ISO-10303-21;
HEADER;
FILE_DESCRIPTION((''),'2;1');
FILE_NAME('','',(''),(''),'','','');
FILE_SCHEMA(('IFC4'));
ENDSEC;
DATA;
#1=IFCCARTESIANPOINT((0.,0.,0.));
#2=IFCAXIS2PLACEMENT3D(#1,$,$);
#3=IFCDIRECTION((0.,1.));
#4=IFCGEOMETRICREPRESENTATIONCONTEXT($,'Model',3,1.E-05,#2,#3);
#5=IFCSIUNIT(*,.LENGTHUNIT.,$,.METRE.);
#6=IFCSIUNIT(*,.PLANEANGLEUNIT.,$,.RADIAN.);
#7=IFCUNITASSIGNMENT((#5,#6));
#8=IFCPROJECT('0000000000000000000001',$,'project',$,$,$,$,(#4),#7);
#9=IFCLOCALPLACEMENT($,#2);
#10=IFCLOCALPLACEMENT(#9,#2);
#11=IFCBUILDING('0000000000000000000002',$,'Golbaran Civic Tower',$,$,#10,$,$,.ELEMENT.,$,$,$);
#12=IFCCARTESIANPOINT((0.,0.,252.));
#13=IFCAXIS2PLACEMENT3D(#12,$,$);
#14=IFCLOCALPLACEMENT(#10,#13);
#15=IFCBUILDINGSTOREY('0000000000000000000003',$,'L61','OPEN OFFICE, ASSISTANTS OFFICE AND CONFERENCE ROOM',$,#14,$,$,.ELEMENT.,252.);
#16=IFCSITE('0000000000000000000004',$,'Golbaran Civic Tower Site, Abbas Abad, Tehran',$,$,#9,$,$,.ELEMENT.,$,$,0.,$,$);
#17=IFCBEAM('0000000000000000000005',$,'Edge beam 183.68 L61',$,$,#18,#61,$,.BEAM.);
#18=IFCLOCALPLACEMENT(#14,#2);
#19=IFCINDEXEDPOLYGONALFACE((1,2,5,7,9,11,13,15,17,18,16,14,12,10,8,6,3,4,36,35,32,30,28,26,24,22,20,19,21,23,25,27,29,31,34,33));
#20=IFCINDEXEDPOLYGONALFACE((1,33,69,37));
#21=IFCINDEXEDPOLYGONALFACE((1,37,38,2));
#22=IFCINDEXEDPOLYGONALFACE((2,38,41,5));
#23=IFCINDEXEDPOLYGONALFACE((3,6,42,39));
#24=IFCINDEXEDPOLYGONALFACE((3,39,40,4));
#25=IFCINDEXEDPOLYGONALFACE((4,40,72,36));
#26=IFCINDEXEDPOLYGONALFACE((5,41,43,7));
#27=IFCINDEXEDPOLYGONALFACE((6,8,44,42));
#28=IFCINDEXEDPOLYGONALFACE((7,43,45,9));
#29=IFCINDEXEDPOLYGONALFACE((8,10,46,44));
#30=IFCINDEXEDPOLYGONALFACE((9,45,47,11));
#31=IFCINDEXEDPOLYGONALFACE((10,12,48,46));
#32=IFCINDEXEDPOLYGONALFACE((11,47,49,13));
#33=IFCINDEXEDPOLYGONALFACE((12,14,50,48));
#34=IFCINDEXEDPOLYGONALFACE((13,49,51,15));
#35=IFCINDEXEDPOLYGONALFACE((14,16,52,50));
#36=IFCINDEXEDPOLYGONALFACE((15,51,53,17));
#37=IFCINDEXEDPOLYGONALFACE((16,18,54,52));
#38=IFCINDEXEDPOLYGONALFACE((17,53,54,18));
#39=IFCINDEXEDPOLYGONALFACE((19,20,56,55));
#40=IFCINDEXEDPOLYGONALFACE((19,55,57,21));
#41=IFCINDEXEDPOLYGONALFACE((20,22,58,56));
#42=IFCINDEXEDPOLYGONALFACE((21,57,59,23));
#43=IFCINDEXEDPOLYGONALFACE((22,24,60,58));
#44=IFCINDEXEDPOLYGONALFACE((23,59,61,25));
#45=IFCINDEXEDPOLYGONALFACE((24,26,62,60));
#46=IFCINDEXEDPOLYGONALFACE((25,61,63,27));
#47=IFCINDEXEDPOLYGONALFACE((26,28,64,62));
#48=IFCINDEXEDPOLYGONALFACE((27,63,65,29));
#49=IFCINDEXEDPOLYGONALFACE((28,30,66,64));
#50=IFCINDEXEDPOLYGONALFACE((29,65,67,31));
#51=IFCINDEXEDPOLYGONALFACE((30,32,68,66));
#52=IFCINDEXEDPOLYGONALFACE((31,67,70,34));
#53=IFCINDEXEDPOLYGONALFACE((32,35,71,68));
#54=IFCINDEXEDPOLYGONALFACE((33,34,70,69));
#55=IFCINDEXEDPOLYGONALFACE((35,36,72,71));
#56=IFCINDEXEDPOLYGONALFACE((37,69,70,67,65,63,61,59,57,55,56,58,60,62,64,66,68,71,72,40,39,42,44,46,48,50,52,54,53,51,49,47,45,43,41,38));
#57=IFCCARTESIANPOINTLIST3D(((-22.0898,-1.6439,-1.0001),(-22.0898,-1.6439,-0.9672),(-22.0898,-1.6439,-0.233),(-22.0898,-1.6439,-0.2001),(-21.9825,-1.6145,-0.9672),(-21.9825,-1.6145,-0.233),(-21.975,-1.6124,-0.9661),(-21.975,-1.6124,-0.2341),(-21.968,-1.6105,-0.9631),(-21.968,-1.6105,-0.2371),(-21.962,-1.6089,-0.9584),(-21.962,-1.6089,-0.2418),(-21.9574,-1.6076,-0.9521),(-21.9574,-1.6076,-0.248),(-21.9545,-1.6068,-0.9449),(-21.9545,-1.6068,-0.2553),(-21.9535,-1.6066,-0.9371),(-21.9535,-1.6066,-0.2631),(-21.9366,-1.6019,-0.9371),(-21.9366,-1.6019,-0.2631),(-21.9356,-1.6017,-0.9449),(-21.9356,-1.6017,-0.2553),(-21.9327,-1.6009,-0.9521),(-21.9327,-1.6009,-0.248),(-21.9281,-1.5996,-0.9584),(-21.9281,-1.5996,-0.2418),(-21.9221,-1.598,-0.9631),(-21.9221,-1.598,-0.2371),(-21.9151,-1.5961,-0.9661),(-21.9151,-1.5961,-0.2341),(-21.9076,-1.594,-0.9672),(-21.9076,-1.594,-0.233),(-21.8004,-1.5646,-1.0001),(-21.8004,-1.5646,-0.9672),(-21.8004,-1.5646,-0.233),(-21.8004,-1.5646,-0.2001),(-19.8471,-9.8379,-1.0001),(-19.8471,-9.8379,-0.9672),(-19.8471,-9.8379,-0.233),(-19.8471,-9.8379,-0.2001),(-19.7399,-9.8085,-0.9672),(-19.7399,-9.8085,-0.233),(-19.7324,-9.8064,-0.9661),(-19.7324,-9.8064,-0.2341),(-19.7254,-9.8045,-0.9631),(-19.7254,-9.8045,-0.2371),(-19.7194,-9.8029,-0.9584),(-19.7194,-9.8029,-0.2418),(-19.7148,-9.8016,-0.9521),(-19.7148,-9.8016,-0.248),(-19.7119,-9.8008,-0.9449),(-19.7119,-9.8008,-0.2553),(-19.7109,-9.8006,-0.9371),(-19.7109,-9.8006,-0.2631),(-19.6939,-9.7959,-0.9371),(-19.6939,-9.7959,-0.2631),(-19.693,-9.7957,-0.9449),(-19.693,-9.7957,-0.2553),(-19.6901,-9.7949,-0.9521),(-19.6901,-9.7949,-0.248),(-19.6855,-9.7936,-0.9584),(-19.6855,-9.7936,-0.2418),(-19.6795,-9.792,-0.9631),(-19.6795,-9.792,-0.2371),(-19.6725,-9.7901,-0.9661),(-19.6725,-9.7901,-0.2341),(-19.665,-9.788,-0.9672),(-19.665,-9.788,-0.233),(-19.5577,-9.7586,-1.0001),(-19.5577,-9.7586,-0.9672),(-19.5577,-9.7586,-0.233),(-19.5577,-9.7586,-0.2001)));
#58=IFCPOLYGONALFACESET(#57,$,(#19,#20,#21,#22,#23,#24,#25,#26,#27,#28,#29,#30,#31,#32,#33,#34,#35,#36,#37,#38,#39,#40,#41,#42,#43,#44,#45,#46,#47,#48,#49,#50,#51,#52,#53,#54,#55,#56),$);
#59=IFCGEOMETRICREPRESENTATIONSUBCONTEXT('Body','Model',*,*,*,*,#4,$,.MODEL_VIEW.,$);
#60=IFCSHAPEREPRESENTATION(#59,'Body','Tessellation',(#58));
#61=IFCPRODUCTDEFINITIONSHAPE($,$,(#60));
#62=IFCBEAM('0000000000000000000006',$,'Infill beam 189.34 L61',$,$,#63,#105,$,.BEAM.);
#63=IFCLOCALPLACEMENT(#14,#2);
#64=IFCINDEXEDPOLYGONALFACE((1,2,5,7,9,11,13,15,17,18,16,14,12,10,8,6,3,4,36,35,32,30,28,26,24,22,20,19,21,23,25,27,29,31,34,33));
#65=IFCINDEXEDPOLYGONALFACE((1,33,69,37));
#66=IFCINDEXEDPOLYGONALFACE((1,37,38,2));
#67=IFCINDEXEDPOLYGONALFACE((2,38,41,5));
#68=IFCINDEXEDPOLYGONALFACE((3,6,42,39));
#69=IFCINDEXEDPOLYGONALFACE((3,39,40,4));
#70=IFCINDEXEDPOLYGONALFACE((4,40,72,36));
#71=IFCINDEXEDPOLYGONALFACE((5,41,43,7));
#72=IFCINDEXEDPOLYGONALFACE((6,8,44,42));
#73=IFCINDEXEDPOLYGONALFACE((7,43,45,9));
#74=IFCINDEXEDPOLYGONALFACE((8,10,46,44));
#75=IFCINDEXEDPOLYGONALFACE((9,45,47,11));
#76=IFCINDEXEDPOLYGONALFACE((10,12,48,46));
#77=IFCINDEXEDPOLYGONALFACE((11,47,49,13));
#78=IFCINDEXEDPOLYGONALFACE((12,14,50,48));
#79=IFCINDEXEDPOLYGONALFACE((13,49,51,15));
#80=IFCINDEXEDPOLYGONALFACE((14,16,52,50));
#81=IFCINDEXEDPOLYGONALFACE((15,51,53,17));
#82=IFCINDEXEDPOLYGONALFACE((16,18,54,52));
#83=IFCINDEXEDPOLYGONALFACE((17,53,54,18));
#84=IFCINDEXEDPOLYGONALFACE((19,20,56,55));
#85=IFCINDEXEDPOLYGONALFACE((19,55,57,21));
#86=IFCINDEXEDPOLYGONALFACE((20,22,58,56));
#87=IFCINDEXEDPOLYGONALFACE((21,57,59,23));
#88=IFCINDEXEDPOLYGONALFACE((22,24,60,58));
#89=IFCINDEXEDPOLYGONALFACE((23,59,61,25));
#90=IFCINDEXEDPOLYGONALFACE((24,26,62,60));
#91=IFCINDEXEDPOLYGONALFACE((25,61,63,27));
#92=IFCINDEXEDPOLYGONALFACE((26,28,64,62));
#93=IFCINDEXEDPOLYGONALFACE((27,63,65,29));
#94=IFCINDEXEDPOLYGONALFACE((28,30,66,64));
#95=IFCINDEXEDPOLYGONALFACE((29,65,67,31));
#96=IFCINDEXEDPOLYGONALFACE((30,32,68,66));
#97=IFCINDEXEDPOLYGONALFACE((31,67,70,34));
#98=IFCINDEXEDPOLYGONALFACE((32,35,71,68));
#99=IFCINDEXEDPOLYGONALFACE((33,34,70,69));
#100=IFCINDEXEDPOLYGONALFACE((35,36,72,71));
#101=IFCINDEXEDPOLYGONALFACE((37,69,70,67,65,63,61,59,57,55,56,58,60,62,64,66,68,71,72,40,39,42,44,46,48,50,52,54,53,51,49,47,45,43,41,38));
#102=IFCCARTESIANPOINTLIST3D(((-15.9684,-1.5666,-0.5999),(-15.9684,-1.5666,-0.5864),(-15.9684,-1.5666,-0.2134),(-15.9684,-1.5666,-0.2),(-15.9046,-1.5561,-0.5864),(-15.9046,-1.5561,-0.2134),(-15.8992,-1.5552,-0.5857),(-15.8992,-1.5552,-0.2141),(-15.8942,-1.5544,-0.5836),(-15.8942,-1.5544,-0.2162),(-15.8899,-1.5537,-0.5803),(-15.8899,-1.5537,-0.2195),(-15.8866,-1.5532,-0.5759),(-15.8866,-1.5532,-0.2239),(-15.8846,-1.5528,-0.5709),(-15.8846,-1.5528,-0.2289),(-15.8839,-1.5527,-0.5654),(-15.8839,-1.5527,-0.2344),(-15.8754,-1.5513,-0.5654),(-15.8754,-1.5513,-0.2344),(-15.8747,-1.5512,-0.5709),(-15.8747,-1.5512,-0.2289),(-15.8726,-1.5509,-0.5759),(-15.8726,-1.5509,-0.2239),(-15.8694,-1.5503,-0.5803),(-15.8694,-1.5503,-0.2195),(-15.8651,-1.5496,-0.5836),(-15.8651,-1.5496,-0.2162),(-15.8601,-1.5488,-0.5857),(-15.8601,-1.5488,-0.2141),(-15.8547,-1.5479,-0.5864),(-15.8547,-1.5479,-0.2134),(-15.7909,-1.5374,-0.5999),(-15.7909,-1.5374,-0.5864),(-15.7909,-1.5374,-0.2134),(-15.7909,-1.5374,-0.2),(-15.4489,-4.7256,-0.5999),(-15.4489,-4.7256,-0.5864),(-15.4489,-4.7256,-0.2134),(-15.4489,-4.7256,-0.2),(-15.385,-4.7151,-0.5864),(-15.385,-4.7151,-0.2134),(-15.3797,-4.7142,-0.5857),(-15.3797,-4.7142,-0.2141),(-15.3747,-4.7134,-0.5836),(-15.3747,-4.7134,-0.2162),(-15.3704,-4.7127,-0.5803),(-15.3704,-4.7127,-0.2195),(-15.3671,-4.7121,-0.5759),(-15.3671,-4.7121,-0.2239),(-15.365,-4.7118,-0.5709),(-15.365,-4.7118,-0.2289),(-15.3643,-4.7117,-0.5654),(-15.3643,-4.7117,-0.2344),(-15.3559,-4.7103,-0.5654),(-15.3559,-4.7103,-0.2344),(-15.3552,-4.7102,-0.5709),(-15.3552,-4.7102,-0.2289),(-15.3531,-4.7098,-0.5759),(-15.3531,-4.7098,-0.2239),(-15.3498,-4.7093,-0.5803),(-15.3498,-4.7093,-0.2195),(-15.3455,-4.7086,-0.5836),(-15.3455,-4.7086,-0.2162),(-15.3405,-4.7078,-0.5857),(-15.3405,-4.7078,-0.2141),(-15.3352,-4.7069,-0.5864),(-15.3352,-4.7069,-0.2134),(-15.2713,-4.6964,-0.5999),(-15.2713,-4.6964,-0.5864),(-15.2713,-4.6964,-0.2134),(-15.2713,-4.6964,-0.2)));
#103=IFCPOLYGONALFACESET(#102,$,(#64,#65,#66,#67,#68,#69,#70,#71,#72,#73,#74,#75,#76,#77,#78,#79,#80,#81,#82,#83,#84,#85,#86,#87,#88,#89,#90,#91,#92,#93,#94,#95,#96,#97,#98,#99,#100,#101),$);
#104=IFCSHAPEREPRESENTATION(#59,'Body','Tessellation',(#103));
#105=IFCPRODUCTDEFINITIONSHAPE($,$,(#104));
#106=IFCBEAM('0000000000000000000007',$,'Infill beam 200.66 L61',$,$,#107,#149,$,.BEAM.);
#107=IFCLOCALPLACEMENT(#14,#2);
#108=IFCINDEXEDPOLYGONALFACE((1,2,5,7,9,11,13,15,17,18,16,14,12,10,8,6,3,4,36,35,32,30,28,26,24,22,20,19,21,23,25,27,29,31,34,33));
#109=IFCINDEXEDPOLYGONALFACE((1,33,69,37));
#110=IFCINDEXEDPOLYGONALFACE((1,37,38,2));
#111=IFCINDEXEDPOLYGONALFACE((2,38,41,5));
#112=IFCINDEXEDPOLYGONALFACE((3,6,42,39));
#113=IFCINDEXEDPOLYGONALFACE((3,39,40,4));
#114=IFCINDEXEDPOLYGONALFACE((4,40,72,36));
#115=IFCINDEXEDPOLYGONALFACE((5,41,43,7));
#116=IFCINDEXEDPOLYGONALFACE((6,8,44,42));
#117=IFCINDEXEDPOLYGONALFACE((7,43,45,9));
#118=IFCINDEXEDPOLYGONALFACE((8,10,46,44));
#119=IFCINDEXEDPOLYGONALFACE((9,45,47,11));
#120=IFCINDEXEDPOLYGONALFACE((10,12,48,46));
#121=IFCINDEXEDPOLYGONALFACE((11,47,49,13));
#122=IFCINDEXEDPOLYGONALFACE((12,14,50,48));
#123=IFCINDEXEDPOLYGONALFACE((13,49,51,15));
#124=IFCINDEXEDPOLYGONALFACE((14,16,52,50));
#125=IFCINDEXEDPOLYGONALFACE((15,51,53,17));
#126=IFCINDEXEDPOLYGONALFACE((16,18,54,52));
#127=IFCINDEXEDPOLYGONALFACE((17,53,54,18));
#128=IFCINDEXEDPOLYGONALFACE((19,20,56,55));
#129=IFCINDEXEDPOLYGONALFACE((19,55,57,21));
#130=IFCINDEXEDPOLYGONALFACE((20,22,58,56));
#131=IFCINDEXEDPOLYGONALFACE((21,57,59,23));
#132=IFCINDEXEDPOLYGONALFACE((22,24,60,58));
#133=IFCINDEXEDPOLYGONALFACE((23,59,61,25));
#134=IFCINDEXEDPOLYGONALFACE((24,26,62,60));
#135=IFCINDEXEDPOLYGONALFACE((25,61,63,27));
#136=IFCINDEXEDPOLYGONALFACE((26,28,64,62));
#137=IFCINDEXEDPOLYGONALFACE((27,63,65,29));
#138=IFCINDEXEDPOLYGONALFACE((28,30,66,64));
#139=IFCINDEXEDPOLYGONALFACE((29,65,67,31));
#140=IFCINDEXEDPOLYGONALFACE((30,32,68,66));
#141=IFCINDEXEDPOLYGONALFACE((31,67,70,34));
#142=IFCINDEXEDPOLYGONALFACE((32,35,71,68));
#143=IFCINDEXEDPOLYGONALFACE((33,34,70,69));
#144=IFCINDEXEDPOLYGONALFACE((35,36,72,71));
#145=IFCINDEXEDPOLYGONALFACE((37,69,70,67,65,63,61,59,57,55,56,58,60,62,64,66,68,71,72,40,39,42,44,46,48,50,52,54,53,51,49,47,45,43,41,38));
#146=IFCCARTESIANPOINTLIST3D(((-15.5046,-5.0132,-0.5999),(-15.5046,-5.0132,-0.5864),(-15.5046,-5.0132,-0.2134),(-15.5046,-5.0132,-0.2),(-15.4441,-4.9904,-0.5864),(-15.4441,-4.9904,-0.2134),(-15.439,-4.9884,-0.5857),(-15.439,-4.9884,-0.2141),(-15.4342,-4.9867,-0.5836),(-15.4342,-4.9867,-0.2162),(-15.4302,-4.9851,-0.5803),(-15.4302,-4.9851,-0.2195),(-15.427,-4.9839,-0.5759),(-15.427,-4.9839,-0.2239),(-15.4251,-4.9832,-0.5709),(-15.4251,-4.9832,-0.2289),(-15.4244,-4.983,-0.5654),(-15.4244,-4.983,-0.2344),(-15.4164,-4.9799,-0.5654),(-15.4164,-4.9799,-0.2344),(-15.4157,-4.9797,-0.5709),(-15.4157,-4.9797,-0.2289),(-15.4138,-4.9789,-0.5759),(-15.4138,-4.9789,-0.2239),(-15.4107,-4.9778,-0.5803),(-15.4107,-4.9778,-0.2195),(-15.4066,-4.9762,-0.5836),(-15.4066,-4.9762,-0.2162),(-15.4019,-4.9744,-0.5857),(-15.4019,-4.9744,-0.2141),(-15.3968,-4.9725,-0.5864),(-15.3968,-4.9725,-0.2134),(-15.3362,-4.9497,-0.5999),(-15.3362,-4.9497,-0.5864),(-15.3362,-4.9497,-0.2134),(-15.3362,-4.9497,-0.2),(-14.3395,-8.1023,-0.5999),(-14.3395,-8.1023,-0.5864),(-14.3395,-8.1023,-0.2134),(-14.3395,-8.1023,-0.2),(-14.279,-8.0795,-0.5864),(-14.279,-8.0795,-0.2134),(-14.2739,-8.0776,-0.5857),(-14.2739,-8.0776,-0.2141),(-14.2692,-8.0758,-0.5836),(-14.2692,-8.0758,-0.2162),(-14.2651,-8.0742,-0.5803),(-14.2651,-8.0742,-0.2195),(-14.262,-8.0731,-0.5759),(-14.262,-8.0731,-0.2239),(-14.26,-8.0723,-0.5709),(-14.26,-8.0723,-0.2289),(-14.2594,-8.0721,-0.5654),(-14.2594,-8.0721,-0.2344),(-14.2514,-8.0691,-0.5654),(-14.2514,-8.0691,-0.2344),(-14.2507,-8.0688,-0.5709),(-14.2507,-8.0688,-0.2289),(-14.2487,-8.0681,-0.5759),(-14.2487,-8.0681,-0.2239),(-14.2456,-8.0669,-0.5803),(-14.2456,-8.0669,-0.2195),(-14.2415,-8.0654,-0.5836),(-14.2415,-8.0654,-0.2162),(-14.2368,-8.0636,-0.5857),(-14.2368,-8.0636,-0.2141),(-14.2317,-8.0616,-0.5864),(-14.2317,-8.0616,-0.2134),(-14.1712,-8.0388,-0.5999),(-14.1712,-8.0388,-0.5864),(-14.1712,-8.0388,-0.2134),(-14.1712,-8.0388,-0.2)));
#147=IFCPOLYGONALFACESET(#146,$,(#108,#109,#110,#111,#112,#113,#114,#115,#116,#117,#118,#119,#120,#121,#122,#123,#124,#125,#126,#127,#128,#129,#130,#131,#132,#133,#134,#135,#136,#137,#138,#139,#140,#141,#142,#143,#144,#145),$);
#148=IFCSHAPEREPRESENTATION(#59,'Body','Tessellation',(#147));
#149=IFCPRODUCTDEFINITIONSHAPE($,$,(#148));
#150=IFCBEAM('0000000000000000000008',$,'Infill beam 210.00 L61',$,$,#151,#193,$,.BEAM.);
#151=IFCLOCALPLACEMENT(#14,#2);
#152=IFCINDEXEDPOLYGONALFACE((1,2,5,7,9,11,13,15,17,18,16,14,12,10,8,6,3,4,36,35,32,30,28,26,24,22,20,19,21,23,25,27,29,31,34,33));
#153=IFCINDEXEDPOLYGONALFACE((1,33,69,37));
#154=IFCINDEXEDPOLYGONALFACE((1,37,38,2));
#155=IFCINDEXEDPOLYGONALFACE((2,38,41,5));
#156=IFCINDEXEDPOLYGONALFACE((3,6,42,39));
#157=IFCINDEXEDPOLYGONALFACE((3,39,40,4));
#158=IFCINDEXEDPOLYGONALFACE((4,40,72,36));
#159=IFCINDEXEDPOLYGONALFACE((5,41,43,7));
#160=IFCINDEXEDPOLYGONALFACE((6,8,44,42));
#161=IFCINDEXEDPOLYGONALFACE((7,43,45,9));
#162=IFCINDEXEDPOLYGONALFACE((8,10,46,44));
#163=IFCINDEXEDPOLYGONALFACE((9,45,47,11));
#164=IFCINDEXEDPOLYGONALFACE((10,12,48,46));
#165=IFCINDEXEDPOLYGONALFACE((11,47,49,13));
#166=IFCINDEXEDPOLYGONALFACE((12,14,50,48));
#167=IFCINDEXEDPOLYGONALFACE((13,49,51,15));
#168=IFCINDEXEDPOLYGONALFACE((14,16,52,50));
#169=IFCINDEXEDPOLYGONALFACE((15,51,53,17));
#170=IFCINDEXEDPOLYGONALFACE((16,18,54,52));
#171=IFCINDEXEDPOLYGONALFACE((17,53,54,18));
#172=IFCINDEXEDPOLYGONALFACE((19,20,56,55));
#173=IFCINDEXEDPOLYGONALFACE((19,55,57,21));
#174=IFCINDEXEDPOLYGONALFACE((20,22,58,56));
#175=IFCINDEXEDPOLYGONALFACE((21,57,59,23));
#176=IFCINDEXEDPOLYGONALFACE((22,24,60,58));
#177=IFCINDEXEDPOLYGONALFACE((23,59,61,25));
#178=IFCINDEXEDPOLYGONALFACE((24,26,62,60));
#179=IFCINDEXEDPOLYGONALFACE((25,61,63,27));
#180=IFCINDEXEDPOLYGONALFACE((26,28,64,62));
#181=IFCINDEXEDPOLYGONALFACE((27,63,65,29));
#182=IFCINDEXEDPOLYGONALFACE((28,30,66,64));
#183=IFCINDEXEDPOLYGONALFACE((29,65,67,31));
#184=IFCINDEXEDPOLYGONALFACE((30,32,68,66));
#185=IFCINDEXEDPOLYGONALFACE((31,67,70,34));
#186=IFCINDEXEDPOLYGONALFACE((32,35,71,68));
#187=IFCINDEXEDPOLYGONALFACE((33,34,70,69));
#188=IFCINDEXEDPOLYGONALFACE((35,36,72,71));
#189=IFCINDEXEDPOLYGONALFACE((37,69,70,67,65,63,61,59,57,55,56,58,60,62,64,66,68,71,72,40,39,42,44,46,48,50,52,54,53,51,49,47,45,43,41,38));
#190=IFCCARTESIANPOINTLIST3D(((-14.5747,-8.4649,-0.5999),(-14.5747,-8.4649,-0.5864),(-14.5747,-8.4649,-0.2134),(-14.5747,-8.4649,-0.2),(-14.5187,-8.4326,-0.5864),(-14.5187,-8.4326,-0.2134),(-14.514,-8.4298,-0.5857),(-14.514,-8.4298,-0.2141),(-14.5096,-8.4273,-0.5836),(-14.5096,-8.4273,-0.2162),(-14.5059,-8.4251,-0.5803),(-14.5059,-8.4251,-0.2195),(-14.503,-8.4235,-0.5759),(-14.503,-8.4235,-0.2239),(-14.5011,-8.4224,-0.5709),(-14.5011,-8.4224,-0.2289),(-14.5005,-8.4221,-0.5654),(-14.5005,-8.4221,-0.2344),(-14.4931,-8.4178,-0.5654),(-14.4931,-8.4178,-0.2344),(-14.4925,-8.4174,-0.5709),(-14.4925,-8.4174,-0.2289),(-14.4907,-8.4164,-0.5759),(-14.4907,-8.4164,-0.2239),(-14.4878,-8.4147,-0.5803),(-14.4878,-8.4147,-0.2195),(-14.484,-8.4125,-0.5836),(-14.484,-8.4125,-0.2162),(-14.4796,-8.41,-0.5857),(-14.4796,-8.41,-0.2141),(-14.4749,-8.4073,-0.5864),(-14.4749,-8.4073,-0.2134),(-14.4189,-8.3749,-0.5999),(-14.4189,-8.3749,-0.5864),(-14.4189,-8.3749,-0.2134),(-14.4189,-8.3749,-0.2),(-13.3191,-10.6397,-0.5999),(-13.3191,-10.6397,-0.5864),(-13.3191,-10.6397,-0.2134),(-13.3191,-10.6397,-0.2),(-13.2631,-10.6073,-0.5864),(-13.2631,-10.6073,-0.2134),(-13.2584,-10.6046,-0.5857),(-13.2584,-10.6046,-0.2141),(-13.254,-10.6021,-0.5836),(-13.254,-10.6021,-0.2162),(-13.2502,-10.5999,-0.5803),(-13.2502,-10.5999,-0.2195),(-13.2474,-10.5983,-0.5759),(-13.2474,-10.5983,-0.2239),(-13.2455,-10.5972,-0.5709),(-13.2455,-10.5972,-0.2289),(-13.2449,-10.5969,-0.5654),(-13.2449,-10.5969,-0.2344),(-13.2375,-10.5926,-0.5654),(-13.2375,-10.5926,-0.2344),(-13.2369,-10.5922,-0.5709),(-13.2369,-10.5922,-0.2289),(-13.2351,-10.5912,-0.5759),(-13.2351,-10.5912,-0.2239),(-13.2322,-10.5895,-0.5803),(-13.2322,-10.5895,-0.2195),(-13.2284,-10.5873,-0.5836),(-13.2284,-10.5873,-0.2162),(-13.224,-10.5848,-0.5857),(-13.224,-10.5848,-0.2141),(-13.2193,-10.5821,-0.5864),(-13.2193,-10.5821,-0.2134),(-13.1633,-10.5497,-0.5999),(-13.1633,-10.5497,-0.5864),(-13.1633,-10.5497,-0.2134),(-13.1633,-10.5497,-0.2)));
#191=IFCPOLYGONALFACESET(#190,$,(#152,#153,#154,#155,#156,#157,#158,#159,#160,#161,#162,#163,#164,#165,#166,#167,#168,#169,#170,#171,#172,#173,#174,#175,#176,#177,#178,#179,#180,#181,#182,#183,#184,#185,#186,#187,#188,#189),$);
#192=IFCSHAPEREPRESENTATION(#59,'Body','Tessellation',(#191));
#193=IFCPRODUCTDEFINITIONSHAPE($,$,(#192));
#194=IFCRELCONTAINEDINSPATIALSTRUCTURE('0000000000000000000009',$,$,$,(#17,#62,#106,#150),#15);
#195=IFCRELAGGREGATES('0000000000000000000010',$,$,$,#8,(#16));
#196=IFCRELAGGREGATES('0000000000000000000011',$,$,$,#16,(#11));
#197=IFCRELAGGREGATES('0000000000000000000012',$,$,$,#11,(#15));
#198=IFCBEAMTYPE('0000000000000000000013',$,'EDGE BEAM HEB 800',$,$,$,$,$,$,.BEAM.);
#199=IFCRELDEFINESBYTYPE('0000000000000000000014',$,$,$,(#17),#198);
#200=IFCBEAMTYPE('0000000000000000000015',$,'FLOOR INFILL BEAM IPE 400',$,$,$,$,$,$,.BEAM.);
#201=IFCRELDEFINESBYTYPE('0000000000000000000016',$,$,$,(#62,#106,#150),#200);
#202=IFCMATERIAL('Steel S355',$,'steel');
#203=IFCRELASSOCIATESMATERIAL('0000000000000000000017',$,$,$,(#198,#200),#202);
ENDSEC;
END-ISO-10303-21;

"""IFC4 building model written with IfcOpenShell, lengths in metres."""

from ifc_helpers import new_model, si_unit, direction, frame, origin, origin_2d, place, context, subcontext, project, spatial, i_section, extrude, material, material_profile, profile_set, type_object, element, save


model = new_model("IFC4")

# Units and contexts
model_context = context("Model", 3, precision=1e-05, world=origin(), true_north=direction((0.0, 1.0)))
body_context = subcontext(model_context, "Body", "Model", "MODEL_VIEW")
ifc_project = project(units=[si_unit("LENGTHUNIT", "METRE"), si_unit("PLANEANGLEUNIT", "RADIAN")], contexts=[model_context])

# Site, building, storey
site_placement = place(None, origin())
site = spatial("IfcSite", under=ifc_project, at=site_placement, Name="Golbaran Civic Tower Site, Abbas Abad, Tehran", CompositionType="ELEMENT", RefElevation=0.0)
building_placement = place(site_placement, origin())
building = spatial("IfcBuilding", under=site, at=building_placement, Name="Golbaran Civic Tower", CompositionType="ELEMENT")
storey_placement = place(building_placement, frame((0.0, 0.0, 252.0)))
storey = spatial("IfcBuildingStorey", under=building, at=storey_placement, Name="L61", Description="OPEN OFFICE, ASSISTANTS OFFICE AND CONFERENCE ROOM", CompositionType="ELEMENT", Elevation=252.0)

# Beams
ifc_material_1 = material(Name="Steel S355", Category="steel")
ifc_material_profile_1 = material_profile(ifc_material_1, i_section(OverallWidth=0.3, OverallDepth=0.8, WebThickness=0.0176, FlangeThickness=0.033, FilletRadius=0.03, at=origin_2d()), Name="HEB 800")
ifc_profile_set_1 = profile_set([ifc_material_profile_1], Name="Steel S355")
beam_type_1 = type_object("IfcBeamType", Name="EDGE BEAM HEB 800", PredefinedType="BEAM", material=ifc_profile_set_1)
beam_1_placement = place(storey_placement, frame((-21.9451, -1.6042, -0.6001), z_axis=(0.263985, -0.964527, 0.0), x_axis=(0.964527, 0.263985, 0.0)))
element("IfcBeam", 1, at=beam_1_placement, inside=storey, type_object=beam_type_1, Name="Edge beam 183.68 L61", PredefinedType="BEAM", context=body_context, shape_type="SweptSolid", body=[
    extrude(i_section(OverallWidth=0.3, OverallDepth=0.8, WebThickness=0.0176, FlangeThickness=0.033, FilletRadius=0.03, at=origin_2d()), origin(), (0.0, 0.0, 1.0), 8.4954),
])
ifc_material_profile_2 = material_profile(ifc_material_1, i_section(OverallWidth=0.1799, OverallDepth=0.3999, WebThickness=0.0085, FlangeThickness=0.0134, FilletRadius=0.021, at=origin_2d()), Name="IPE 400")
ifc_profile_set_2 = profile_set([ifc_material_profile_2], Name="Steel S355")
beam_type_2 = type_object("IfcBeamType", Name="FLOOR INFILL BEAM IPE 400", PredefinedType="BEAM", material=ifc_profile_set_2)
beam_2_placement = place(storey_placement, frame((-15.8796, -1.552, -0.3999), z_axis=(0.162284, -0.986744, 0.0), x_axis=(0.986744, 0.162284, 0.0)))
element("IfcBeam", 2, at=beam_2_placement, inside=storey, type_object=beam_type_2, Name="Infill beam 189.34 L61", PredefinedType="BEAM", context=body_context, shape_type="SweptSolid", body=[
    extrude(i_section(OverallWidth=0.1799, OverallDepth=0.3999, WebThickness=0.0085, FlangeThickness=0.0134, FilletRadius=0.021, at=origin_2d()), origin(), (0.0, 0.0, 1.0), 3.2014),
])
beam_3_placement = place(storey_placement, frame((-15.4204, -4.9814, -0.3999), z_axis=(0.352881, -0.935668, 0.0), x_axis=(0.935668, 0.352881, 0.0)))
element("IfcBeam", 3, at=beam_3_placement, inside=storey, type_object=beam_type_2, Name="Infill beam 200.66 L61", PredefinedType="BEAM", context=body_context, shape_type="SweptSolid", body=[
    extrude(i_section(OverallWidth=0.1799, OverallDepth=0.3999, WebThickness=0.0085, FlangeThickness=0.0134, FilletRadius=0.021, at=origin_2d()), origin(), (0.0, 0.0, 1.0), 3.3015),
])
beam_4_placement = place(storey_placement, frame((-14.4968, -8.4199, -0.3999), z_axis=(0.499997, -0.866027, 0.0), x_axis=(0.866027, 0.499997, 0.0)))
element("IfcBeam", 4, at=beam_4_placement, inside=storey, type_object=beam_type_2, Name="Infill beam 210.00 L61", PredefinedType="BEAM", context=body_context, shape_type="SweptSolid", body=[
    extrude(i_section(OverallWidth=0.1799, OverallDepth=0.3999, WebThickness=0.0085, FlangeThickness=0.0134, FilletRadius=0.021, at=origin_2d()), origin(), (0.0, 0.0, 1.0), 2.5112),
])

save(model, "model.ifc")
